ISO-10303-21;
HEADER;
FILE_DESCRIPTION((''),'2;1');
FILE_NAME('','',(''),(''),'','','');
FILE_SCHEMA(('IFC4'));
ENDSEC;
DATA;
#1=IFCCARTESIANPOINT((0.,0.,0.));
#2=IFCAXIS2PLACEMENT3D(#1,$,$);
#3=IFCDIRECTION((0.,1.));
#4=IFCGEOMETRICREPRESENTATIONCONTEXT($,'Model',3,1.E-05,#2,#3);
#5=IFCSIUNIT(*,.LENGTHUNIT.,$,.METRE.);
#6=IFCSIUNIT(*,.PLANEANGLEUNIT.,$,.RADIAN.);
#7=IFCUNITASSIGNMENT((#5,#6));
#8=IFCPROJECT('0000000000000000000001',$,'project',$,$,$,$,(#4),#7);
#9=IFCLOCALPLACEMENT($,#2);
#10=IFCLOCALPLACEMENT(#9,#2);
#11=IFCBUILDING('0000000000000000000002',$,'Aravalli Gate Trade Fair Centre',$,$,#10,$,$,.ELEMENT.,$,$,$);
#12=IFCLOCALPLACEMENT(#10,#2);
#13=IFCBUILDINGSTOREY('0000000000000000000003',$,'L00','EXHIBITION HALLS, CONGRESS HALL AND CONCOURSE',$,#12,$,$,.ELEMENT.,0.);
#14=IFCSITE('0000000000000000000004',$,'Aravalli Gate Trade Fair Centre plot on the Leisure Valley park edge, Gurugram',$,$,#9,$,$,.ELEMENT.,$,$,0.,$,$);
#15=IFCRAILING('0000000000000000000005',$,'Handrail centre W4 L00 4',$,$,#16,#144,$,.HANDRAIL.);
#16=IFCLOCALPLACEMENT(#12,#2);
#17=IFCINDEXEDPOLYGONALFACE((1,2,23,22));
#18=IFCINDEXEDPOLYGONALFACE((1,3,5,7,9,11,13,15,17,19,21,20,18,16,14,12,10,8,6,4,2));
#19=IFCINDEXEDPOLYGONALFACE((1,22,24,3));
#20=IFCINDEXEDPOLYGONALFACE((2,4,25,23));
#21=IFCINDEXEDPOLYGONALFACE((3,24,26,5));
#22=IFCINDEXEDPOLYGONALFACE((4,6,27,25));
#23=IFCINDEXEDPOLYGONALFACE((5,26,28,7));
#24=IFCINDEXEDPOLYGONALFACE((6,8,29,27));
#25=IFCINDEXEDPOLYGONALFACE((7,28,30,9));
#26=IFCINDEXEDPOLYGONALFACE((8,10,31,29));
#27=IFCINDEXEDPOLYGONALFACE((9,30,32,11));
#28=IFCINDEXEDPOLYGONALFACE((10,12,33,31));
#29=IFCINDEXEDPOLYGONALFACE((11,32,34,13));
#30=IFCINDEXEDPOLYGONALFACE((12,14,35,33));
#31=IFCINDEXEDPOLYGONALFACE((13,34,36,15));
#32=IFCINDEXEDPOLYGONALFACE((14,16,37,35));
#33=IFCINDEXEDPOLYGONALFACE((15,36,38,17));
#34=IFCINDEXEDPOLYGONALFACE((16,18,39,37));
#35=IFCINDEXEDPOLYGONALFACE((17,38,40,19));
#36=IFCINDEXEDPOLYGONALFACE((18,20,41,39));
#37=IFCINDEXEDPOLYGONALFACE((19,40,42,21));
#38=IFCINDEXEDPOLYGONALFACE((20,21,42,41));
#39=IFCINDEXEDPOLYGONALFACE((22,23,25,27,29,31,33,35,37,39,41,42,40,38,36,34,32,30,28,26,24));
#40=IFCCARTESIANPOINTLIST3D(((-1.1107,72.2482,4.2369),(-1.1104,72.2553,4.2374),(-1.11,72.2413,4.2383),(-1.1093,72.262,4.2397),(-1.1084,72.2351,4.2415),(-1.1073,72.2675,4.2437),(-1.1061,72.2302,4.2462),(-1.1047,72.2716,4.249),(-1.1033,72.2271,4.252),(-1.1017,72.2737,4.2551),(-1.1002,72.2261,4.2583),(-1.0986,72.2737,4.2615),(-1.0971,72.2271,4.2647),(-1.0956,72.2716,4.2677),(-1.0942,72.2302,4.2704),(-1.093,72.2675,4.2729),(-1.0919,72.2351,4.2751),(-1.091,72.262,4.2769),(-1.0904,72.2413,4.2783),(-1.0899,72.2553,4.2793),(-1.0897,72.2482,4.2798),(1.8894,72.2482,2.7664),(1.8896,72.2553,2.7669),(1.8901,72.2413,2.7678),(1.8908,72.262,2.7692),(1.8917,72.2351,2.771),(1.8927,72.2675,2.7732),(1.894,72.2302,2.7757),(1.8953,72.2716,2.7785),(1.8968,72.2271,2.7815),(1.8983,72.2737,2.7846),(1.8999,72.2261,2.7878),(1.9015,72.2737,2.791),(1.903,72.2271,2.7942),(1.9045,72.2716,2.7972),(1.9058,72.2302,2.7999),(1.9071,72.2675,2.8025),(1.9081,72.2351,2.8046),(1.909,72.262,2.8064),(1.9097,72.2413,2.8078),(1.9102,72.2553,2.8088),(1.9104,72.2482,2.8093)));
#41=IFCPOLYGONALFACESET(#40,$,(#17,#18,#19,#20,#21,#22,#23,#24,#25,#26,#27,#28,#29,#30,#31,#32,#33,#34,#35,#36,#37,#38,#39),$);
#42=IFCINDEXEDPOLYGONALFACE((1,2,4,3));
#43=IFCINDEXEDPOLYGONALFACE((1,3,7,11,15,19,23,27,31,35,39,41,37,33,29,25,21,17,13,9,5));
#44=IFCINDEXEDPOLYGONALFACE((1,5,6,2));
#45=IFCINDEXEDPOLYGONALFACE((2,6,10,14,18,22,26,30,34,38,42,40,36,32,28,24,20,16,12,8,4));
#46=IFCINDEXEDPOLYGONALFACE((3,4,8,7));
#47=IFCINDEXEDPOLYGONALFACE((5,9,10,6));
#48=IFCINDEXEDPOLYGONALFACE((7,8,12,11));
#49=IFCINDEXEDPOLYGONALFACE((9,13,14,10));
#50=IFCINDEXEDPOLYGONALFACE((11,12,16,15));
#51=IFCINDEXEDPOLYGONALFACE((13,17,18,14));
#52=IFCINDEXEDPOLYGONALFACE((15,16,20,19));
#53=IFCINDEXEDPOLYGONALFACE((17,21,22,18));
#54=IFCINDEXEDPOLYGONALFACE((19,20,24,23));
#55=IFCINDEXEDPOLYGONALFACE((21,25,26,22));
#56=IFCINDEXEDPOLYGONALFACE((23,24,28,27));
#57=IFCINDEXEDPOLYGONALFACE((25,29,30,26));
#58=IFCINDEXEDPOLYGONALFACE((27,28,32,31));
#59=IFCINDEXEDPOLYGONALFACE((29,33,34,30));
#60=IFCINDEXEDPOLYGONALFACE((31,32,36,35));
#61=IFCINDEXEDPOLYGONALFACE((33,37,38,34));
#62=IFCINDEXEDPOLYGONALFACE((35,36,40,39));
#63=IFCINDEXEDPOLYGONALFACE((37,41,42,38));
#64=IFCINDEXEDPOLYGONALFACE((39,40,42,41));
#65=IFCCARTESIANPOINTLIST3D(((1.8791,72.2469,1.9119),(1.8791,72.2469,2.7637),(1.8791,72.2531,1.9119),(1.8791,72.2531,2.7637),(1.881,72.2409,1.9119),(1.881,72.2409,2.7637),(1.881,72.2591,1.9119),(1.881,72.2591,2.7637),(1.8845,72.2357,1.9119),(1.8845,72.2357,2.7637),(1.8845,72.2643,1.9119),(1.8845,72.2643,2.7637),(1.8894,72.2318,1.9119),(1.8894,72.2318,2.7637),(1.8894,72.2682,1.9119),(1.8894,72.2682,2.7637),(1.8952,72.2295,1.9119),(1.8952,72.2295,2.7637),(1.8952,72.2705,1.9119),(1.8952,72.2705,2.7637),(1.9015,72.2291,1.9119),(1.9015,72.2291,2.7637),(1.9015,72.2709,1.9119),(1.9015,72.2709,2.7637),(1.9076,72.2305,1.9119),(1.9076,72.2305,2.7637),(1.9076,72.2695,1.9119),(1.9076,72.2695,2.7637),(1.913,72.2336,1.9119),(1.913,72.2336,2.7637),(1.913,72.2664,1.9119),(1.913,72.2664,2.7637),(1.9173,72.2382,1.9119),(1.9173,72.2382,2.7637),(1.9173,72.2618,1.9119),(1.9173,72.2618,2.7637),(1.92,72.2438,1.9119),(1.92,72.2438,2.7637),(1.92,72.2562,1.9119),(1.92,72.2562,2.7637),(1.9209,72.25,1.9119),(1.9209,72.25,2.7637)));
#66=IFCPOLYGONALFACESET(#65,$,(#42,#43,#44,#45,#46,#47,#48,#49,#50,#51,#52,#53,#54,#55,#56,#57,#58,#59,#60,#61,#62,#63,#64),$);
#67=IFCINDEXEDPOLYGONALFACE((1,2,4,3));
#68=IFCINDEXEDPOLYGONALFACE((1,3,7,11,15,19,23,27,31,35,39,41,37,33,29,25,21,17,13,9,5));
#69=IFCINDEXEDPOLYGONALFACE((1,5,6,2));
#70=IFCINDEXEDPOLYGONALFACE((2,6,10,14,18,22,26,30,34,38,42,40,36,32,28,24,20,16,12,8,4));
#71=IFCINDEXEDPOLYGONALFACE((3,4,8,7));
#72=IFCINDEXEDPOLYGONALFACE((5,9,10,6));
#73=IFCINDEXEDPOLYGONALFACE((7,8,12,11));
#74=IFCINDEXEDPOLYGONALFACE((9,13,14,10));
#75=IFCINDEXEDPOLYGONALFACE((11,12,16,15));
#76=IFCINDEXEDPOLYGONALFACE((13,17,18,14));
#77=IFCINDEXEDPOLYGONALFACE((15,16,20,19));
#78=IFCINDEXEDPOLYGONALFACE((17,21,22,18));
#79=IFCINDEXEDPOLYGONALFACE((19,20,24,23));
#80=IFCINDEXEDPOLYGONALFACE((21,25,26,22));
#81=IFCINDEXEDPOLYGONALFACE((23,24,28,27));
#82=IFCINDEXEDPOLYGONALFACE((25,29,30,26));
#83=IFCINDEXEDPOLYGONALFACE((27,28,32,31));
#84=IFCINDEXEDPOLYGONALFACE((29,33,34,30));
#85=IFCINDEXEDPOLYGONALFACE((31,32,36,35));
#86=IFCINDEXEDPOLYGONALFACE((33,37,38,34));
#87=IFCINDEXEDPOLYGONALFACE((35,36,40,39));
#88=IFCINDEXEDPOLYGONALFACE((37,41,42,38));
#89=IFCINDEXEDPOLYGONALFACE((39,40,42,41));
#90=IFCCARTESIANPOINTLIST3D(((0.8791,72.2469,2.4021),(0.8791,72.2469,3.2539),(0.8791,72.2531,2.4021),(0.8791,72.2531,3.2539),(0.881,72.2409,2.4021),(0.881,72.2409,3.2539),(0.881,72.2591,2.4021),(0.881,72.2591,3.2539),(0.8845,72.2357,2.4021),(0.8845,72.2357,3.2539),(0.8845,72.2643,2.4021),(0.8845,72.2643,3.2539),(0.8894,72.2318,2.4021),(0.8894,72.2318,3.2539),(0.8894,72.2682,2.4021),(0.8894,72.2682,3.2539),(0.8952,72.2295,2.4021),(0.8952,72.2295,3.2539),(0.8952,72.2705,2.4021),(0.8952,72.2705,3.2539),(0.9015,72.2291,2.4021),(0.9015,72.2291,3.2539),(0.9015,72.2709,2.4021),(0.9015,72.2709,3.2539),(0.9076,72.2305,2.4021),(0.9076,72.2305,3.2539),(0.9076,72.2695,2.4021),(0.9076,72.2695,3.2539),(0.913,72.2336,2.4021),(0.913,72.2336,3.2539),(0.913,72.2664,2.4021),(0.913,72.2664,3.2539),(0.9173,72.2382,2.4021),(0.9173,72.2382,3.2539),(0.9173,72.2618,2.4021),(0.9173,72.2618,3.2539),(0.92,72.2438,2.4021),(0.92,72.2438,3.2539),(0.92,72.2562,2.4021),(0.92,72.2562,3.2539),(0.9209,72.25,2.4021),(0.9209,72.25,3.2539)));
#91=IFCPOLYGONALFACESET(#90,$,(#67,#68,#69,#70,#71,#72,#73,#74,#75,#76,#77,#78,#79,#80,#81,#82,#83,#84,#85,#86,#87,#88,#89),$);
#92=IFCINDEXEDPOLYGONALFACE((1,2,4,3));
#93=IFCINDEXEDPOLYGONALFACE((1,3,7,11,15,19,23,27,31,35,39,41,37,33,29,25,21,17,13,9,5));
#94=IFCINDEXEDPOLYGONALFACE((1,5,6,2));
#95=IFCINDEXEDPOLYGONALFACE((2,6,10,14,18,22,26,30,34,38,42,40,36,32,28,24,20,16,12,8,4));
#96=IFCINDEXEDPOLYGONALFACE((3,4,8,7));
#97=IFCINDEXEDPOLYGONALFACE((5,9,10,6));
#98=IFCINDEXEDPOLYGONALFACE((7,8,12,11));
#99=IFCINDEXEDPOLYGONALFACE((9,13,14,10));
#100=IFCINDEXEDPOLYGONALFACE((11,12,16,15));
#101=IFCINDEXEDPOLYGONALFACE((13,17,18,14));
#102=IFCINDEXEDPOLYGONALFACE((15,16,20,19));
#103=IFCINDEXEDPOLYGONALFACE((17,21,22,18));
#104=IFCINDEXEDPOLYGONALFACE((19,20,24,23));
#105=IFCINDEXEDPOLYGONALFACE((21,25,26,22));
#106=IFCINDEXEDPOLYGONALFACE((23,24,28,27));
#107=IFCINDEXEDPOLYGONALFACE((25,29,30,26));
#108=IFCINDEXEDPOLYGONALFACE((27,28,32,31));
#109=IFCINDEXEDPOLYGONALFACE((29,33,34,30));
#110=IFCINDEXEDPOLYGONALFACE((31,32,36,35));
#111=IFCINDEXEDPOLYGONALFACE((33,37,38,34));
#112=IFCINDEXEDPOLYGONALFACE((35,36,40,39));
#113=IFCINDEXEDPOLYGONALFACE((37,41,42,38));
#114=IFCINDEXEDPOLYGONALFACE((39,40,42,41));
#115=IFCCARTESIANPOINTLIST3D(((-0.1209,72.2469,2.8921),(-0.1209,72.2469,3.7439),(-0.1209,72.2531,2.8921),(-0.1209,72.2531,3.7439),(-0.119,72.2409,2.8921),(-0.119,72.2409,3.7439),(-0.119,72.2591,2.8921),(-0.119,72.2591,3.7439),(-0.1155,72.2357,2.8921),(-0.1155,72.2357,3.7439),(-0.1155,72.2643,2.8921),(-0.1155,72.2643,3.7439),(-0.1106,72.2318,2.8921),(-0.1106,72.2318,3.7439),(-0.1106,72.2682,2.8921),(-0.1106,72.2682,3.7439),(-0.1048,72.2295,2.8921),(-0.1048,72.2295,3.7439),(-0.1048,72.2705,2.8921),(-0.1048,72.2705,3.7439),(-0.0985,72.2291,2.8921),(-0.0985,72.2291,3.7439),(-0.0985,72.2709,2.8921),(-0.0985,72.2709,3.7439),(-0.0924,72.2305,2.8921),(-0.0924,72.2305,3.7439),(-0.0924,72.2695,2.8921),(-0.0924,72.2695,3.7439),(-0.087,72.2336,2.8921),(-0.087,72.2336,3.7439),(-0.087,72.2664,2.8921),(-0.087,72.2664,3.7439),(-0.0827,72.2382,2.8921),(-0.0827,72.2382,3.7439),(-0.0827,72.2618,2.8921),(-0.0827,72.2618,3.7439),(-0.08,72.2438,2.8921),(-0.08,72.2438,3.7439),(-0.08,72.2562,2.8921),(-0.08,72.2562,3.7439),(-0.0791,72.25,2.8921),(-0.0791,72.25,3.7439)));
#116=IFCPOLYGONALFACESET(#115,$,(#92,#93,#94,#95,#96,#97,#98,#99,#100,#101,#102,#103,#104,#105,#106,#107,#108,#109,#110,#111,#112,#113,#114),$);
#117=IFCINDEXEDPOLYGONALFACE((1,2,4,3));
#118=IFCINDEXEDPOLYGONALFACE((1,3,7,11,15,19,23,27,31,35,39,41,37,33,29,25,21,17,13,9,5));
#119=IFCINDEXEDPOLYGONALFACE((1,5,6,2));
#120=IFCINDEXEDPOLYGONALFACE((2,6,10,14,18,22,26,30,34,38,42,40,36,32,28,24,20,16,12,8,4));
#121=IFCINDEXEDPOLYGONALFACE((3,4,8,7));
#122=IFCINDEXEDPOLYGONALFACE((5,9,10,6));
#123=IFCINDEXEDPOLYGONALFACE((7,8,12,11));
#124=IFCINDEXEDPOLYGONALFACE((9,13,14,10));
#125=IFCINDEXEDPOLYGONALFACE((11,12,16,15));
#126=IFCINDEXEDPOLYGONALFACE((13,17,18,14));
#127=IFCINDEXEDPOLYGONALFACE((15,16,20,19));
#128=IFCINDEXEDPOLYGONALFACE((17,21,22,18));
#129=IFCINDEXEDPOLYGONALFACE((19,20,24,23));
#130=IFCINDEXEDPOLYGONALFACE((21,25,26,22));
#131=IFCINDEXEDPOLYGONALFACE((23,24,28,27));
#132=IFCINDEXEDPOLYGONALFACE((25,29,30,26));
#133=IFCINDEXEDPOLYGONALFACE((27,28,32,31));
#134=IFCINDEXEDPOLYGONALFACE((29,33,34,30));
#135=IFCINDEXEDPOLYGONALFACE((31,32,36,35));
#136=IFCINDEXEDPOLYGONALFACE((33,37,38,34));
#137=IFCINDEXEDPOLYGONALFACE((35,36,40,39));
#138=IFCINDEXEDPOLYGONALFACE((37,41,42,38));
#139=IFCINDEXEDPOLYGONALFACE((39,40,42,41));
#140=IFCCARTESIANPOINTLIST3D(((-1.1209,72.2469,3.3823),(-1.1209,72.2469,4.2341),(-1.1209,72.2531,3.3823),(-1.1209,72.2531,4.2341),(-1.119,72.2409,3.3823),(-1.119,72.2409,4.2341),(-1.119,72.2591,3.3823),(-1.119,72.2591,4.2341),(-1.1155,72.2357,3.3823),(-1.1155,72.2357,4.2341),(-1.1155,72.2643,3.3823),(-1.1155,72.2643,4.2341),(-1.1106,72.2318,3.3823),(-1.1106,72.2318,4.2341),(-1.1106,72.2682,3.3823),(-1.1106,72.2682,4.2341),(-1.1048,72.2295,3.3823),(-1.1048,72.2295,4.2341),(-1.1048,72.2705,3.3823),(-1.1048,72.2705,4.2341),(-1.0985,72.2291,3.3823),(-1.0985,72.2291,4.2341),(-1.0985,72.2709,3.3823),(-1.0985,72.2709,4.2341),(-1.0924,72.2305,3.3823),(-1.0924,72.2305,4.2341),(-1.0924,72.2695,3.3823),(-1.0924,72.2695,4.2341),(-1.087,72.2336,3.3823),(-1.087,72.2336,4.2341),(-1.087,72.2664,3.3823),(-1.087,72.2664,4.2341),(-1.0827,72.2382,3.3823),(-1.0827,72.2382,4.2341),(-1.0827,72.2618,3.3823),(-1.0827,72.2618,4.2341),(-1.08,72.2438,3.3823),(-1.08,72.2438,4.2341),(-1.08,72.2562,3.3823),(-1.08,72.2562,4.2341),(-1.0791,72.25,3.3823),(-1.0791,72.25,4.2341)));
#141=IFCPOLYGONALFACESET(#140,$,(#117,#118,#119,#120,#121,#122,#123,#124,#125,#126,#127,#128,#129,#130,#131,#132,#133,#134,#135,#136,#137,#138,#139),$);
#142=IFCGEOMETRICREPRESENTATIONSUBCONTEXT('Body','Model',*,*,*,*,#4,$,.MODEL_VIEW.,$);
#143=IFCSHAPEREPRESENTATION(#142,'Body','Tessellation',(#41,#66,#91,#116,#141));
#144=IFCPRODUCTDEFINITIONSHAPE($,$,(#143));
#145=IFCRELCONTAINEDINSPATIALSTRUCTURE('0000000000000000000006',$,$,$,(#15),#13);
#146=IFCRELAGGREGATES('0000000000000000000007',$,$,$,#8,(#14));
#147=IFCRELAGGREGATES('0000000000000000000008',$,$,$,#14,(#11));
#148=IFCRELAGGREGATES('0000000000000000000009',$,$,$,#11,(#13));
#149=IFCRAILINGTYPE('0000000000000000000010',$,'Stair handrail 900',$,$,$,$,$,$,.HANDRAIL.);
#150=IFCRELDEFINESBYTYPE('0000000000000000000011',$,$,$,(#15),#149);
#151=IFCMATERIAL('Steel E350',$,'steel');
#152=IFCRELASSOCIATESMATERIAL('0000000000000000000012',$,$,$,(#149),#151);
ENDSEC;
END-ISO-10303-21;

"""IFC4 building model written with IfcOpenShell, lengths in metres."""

from ifc_helpers import new_model, si_unit, direction, frame, origin, origin_2d, place, context, subcontext, project, spatial, circle, extrude, material, type_object, element, save


model = new_model("IFC4")

# Units and contexts
model_context = context("Model", 3, precision=1e-05, world=origin(), true_north=direction((0.0, 1.0)))
body_context = subcontext(model_context, "Body", "Model", "MODEL_VIEW")
ifc_project = project(units=[si_unit("LENGTHUNIT", "METRE"), si_unit("PLANEANGLEUNIT", "RADIAN")], contexts=[model_context])

# Site, building, storey
site_placement = place(None, origin())
site = spatial("IfcSite", under=ifc_project, at=site_placement, Name="Aravalli Gate Trade Fair Centre plot on the Leisure Valley park edge, Gurugram", CompositionType="ELEMENT", RefElevation=0.0)
building_placement = place(site_placement, origin())
building = spatial("IfcBuilding", under=site, at=building_placement, Name="Aravalli Gate Trade Fair Centre", CompositionType="ELEMENT")
storey_placement = place(building_placement, origin())
storey = spatial("IfcBuildingStorey", under=building, at=storey_placement, Name="L00", Description="EXHIBITION HALLS, CONGRESS HALL AND CONCOURSE", CompositionType="ELEMENT", Elevation=0.0)

# Railing
ifc_material_1 = material(Name="Steel E350", Category="steel")
railing_type = type_object("IfcRailingType", Name="Stair handrail 900", PredefinedType="HANDRAIL", material=ifc_material_1)
for number, where, name in (
    (1, (1.8999, 72.25, 1.9119), "Handrail centre W4 L00 4"),
):
    element("IfcRailing", number, at=place(storey_placement, frame(where)), inside=storey, type_object=railing_type, Name=name, PredefinedType="HANDRAIL", context=body_context, shape_type="SweptSolid", body=[
        extrude(circle(Radius=0.0239, at=origin_2d()), frame((0.0, 0.0, 0.876), z_axis=(-0.897936, 0.0, 0.440126), x_axis=(0.0, -1.0, 0.0)), (0.0, 0.0, 1.0), 3.3411),
        extrude(circle(Radius=0.021, at=origin_2d()), origin(), (0.0, 0.0, 1.0), 0.8518),
        extrude(circle(Radius=0.021, at=origin_2d()), frame((-1.0, 0.0, 0.4902)), (0.0, 0.0, 1.0), 0.8518),
        extrude(circle(Radius=0.021, at=origin_2d()), frame((-2.0, 0.0, 0.9802)), (0.0, 0.0, 1.0), 0.8518),
        extrude(circle(Radius=0.021, at=origin_2d()), frame((-3.0, 0.0, 1.4705)), (0.0, 0.0, 1.0), 0.8518),
    ])

save(model, "model.ifc")
